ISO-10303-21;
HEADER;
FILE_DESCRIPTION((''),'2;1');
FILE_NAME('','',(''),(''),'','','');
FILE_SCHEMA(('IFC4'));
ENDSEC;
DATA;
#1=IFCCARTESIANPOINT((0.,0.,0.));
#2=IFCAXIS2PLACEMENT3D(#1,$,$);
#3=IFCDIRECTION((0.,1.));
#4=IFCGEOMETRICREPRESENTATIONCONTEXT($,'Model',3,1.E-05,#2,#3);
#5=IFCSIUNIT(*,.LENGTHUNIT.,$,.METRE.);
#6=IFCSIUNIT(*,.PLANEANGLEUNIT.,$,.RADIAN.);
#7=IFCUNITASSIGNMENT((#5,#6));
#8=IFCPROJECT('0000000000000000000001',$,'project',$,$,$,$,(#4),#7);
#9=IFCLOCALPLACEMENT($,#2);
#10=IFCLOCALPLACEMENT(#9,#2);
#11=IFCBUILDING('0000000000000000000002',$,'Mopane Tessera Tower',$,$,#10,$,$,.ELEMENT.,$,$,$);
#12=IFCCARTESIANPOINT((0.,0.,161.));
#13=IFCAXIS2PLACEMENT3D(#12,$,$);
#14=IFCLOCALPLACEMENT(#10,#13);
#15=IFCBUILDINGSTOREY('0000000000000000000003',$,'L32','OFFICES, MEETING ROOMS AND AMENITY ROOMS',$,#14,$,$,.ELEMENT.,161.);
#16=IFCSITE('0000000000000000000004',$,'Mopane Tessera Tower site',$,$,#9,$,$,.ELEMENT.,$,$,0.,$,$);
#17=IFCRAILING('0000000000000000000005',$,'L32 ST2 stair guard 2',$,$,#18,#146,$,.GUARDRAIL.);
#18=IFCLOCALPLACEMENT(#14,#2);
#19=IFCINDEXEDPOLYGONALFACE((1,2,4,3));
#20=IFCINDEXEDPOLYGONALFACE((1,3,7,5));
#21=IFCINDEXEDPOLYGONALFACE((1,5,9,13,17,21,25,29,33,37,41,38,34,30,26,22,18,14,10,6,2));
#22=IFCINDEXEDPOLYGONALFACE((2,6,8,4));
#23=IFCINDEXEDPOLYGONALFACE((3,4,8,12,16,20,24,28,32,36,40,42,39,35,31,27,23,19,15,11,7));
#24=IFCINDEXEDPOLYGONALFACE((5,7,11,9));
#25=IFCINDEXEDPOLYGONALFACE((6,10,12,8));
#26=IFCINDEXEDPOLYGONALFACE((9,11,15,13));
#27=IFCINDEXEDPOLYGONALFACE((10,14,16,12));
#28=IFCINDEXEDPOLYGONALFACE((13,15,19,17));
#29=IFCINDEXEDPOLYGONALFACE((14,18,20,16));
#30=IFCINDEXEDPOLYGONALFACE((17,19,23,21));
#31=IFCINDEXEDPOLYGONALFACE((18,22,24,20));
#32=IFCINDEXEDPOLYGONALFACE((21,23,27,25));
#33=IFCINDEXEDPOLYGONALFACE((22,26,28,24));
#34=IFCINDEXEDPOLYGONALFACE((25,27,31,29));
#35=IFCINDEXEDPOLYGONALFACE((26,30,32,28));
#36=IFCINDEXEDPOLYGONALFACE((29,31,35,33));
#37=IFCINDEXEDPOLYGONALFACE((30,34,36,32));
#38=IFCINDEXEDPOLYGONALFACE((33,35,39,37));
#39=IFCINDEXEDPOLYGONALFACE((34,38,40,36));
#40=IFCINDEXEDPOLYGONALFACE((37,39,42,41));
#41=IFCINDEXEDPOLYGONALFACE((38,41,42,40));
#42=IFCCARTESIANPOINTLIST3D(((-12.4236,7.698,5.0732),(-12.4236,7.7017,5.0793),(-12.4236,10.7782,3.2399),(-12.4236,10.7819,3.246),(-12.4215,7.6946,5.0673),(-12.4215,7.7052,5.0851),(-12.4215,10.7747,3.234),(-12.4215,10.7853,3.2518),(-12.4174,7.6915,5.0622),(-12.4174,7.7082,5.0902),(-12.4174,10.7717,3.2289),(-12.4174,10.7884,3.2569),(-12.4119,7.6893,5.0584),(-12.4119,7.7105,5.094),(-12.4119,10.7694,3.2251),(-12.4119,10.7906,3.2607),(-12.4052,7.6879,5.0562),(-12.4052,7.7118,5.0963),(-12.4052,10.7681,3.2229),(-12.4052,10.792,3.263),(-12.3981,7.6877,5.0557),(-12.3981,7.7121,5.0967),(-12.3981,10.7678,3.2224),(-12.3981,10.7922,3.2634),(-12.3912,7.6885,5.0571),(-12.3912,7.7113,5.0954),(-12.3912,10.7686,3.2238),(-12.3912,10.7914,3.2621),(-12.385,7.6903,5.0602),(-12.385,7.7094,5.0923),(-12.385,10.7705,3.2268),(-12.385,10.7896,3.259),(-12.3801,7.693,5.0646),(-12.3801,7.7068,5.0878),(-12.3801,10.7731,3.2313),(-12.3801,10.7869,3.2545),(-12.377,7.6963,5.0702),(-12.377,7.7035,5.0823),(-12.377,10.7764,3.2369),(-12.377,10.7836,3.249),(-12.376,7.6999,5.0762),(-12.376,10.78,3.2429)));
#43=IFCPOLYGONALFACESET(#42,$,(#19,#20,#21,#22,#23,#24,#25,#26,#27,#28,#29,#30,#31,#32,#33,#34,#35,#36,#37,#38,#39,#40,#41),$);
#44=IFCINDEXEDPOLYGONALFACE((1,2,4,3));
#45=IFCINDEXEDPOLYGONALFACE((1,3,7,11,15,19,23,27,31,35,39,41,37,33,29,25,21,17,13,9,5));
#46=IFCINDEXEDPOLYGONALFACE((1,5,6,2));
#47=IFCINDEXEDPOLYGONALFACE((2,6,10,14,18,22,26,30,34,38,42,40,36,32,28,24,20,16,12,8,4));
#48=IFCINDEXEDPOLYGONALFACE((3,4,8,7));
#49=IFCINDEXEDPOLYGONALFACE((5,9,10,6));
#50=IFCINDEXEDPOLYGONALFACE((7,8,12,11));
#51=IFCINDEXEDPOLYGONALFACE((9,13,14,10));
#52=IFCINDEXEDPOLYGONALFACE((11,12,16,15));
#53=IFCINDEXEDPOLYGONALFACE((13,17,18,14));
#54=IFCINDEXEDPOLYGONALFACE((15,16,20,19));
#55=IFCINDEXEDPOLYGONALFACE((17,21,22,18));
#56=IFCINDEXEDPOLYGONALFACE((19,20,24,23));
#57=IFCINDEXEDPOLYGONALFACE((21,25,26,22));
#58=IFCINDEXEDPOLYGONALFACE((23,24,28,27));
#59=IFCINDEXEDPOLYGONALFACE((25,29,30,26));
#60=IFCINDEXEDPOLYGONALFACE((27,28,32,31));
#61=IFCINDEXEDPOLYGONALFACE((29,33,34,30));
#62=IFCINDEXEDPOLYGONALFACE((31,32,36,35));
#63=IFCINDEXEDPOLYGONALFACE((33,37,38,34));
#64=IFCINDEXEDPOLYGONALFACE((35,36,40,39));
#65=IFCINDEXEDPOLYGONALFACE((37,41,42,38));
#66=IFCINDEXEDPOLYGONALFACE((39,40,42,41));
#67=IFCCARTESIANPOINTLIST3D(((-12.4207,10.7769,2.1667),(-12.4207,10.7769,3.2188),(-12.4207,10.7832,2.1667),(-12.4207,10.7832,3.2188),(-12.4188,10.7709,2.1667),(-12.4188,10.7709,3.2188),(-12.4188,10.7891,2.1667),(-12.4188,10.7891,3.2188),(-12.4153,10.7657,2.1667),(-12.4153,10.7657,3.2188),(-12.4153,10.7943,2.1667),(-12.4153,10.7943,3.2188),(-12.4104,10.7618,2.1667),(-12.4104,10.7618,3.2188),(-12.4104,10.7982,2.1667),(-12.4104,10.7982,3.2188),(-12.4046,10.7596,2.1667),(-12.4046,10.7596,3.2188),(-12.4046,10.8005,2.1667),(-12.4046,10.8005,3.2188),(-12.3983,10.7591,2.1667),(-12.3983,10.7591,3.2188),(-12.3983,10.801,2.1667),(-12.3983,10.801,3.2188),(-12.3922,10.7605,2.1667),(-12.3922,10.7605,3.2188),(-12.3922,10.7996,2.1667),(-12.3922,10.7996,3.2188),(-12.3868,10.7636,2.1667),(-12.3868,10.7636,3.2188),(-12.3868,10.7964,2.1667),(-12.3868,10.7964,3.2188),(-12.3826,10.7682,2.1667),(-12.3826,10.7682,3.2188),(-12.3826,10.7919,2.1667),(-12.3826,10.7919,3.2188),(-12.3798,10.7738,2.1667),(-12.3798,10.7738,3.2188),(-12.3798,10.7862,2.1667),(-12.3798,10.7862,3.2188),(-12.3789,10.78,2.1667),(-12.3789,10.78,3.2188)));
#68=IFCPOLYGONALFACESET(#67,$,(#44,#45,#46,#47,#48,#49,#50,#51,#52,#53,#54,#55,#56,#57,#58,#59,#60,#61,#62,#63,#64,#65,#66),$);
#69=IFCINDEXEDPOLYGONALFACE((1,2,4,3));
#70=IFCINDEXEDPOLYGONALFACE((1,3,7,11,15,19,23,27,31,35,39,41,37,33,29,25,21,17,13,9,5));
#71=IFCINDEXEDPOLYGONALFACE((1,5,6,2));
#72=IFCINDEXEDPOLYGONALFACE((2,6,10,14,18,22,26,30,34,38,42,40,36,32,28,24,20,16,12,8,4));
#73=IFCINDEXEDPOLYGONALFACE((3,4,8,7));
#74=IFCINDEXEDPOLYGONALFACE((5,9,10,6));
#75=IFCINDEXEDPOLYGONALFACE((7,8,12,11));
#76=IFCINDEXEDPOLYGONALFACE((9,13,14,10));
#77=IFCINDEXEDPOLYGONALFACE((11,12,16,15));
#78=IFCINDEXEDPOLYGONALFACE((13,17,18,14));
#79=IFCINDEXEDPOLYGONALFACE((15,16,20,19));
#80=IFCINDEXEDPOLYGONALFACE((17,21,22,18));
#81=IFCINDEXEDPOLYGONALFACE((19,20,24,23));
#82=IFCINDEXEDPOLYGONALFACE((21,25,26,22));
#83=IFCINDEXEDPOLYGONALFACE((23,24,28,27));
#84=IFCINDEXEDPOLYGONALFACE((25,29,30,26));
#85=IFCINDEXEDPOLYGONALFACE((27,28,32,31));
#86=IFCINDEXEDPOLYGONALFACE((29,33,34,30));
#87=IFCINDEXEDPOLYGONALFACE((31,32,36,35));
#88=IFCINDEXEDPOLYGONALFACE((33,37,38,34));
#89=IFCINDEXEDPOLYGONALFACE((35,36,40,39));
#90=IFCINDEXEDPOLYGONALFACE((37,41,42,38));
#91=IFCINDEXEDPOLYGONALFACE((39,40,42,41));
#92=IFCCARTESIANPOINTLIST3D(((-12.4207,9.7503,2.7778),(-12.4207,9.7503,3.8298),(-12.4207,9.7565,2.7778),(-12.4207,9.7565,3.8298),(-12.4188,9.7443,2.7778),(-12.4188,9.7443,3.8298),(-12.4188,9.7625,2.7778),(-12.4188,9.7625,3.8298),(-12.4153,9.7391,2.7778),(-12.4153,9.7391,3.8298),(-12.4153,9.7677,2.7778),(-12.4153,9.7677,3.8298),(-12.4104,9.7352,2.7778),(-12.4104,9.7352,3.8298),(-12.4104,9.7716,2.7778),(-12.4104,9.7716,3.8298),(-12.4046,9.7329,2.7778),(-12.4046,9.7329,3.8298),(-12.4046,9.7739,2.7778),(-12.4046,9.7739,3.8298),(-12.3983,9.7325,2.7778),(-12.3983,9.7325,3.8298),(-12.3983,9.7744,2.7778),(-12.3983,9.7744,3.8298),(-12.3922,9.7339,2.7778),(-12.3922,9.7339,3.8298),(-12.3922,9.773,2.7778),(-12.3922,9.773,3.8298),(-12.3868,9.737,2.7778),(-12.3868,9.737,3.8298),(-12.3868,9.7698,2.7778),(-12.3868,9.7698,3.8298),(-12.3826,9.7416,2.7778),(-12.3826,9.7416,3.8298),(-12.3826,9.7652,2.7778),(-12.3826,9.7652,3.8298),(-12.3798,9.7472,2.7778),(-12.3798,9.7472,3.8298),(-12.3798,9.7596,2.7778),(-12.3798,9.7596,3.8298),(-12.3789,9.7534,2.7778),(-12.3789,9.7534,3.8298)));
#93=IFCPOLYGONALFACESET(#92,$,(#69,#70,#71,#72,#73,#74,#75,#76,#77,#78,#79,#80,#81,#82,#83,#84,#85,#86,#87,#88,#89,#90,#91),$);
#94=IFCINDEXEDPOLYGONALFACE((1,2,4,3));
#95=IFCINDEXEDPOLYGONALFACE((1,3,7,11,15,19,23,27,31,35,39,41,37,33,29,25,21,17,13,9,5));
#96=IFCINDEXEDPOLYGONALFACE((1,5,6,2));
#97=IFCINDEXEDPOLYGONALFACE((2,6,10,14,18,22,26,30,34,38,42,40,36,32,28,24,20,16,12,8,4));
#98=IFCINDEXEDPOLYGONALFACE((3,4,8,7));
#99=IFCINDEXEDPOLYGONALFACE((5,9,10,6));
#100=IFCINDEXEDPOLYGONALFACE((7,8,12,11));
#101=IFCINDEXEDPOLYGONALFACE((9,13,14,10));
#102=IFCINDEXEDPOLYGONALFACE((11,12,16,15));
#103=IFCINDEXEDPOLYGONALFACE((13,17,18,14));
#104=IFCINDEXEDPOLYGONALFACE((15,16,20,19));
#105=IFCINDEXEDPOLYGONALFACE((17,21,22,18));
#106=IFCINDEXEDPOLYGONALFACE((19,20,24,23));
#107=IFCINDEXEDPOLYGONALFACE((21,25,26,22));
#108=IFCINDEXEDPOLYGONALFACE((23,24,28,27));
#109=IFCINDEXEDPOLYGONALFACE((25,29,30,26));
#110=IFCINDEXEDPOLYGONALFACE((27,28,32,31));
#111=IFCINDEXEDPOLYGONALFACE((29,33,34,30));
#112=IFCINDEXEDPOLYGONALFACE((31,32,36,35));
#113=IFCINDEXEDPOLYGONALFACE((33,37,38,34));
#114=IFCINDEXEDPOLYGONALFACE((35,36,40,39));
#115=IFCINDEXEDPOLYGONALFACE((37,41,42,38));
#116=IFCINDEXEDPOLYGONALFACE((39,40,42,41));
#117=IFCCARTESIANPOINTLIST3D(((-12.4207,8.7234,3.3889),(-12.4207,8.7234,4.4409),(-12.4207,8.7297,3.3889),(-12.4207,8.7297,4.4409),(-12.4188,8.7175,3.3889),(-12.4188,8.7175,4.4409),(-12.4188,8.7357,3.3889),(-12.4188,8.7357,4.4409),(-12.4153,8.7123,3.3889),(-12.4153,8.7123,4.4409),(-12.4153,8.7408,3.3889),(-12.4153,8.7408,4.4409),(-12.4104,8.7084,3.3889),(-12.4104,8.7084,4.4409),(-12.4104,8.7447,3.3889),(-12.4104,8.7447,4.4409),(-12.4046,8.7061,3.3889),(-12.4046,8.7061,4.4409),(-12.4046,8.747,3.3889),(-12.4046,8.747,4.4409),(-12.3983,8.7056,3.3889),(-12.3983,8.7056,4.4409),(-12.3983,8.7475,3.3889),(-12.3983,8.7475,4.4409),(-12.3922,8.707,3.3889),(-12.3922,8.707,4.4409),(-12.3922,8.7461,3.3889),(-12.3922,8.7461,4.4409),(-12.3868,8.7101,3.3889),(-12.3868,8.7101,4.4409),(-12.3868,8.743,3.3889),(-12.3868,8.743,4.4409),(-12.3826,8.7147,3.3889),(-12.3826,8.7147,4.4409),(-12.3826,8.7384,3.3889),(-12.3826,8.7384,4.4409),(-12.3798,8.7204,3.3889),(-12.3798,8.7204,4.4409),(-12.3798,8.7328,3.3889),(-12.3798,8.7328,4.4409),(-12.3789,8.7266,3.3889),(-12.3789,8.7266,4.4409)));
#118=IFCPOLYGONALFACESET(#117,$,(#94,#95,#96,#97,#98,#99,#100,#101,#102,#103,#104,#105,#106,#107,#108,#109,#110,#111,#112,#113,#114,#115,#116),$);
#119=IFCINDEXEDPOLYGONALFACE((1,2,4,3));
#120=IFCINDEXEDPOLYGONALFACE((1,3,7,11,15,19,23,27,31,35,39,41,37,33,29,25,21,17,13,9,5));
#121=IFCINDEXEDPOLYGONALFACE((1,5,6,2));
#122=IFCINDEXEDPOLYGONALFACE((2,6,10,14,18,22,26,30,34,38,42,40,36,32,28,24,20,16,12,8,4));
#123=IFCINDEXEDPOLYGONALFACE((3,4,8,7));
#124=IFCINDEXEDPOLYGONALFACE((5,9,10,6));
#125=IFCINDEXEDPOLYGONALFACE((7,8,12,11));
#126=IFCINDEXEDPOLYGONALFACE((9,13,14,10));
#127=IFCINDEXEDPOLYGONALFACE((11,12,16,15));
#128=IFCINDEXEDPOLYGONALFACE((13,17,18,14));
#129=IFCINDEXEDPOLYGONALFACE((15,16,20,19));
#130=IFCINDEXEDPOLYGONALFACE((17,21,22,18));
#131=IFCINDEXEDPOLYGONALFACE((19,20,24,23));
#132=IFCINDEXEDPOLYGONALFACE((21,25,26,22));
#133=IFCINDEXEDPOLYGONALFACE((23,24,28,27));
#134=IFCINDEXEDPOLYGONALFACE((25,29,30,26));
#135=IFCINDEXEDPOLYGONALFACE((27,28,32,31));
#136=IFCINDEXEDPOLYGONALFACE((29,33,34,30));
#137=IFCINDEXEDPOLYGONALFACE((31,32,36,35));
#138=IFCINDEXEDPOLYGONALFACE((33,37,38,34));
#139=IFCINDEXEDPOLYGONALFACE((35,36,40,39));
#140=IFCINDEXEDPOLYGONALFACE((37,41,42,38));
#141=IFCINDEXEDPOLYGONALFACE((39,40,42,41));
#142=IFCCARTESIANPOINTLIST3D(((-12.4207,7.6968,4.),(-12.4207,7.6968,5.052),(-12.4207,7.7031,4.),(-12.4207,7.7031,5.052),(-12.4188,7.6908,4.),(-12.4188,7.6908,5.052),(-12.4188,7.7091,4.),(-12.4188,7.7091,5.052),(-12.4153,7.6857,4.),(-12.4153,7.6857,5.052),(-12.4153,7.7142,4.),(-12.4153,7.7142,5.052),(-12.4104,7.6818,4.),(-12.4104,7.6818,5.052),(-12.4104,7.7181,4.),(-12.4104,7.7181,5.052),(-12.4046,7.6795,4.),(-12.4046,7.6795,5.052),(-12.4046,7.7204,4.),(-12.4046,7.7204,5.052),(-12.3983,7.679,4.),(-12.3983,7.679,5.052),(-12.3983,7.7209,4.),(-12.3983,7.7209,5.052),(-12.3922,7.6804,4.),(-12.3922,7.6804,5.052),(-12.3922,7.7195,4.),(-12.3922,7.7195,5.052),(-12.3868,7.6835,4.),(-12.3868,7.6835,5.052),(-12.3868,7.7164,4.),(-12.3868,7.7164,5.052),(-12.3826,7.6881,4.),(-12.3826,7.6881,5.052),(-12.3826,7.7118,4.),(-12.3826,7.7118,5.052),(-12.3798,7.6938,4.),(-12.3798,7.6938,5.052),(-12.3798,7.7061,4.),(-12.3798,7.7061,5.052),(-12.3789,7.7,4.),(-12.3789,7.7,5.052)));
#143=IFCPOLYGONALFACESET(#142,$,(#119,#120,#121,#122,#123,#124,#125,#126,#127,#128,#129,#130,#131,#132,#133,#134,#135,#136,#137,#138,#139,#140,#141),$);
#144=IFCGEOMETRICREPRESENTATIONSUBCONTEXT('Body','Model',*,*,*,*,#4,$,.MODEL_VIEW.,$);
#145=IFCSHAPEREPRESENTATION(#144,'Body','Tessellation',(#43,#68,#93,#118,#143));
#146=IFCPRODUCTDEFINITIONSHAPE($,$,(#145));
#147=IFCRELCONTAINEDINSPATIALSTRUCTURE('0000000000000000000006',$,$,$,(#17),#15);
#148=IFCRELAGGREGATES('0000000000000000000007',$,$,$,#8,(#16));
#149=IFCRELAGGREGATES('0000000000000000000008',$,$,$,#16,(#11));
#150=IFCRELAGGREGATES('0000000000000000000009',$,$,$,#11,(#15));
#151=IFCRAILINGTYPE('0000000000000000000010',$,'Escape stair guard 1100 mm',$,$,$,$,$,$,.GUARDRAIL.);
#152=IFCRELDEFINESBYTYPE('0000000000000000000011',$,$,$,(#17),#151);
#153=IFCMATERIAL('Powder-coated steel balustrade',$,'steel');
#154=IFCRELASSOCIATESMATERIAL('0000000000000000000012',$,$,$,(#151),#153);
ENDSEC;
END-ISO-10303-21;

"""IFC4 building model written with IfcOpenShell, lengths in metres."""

from ifc_helpers import new_model, si_unit, direction, frame, origin, origin_2d, place, context, subcontext, project, spatial, circle, extrude, material, type_object, element, save


model = new_model("IFC4")

# Units and contexts
model_context = context("Model", 3, precision=1e-05, world=origin(), true_north=direction((0.0, 1.0)))
body_context = subcontext(model_context, "Body", "Model", "MODEL_VIEW")
ifc_project = project(units=[si_unit("LENGTHUNIT", "METRE"), si_unit("PLANEANGLEUNIT", "RADIAN")], contexts=[model_context])

# Site, building, storey
site_placement = place(None, origin())
site = spatial("IfcSite", under=ifc_project, at=site_placement, Name="Mopane Tessera Tower site", CompositionType="ELEMENT", RefElevation=0.0)
building_placement = place(site_placement, origin())
building = spatial("IfcBuilding", under=site, at=building_placement, Name="Mopane Tessera Tower", CompositionType="ELEMENT")
storey_placement = place(building_placement, frame((0.0, 0.0, 161.0)))
storey = spatial("IfcBuildingStorey", under=building, at=storey_placement, Name="L32", Description="OFFICES, MEETING ROOMS AND AMENITY ROOMS", CompositionType="ELEMENT", Elevation=161.0)

# Railing
ifc_material_1 = material(Name="Powder-coated steel balustrade", Category="steel")
railing_type_1 = type_object("IfcRailingType", Name="Escape stair guard 1100 mm", PredefinedType="GUARDRAIL", material=ifc_material_1)
railing_1_placement = place(storey_placement, frame((-12.3999, 10.78, 2.1667)))
element("IfcRailing", 1, at=railing_1_placement, inside=storey, type_object=railing_type_1, Name="L32 ST2 stair guard 2", PredefinedType="GUARDRAIL", context=body_context, shape_type="SweptSolid", body=[
    extrude(circle(Radius=0.0239, at=origin_2d()), frame((0.0, 0.0, 1.0762), z_axis=(0.0, -0.859309, 0.511458), x_axis=(1.0, 0.0, 0.0)), (0.0, 0.0, 1.0), 3.5845),
    extrude(circle(Radius=0.021, at=origin_2d()), origin(), (0.0, 0.0, 1.0), 1.052),
    extrude(circle(Radius=0.021, at=origin_2d()), frame((0.0, -1.0266, 0.6111)), (0.0, 0.0, 1.0), 1.052),
    extrude(circle(Radius=0.021, at=origin_2d()), frame((0.0, -2.0535, 1.2222)), (0.0, 0.0, 1.0), 1.052),
    extrude(circle(Radius=0.021, at=origin_2d()), frame((0.0, -3.0801, 1.8333)), (0.0, 0.0, 1.0), 1.052),
])

save(model, "model.ifc")
